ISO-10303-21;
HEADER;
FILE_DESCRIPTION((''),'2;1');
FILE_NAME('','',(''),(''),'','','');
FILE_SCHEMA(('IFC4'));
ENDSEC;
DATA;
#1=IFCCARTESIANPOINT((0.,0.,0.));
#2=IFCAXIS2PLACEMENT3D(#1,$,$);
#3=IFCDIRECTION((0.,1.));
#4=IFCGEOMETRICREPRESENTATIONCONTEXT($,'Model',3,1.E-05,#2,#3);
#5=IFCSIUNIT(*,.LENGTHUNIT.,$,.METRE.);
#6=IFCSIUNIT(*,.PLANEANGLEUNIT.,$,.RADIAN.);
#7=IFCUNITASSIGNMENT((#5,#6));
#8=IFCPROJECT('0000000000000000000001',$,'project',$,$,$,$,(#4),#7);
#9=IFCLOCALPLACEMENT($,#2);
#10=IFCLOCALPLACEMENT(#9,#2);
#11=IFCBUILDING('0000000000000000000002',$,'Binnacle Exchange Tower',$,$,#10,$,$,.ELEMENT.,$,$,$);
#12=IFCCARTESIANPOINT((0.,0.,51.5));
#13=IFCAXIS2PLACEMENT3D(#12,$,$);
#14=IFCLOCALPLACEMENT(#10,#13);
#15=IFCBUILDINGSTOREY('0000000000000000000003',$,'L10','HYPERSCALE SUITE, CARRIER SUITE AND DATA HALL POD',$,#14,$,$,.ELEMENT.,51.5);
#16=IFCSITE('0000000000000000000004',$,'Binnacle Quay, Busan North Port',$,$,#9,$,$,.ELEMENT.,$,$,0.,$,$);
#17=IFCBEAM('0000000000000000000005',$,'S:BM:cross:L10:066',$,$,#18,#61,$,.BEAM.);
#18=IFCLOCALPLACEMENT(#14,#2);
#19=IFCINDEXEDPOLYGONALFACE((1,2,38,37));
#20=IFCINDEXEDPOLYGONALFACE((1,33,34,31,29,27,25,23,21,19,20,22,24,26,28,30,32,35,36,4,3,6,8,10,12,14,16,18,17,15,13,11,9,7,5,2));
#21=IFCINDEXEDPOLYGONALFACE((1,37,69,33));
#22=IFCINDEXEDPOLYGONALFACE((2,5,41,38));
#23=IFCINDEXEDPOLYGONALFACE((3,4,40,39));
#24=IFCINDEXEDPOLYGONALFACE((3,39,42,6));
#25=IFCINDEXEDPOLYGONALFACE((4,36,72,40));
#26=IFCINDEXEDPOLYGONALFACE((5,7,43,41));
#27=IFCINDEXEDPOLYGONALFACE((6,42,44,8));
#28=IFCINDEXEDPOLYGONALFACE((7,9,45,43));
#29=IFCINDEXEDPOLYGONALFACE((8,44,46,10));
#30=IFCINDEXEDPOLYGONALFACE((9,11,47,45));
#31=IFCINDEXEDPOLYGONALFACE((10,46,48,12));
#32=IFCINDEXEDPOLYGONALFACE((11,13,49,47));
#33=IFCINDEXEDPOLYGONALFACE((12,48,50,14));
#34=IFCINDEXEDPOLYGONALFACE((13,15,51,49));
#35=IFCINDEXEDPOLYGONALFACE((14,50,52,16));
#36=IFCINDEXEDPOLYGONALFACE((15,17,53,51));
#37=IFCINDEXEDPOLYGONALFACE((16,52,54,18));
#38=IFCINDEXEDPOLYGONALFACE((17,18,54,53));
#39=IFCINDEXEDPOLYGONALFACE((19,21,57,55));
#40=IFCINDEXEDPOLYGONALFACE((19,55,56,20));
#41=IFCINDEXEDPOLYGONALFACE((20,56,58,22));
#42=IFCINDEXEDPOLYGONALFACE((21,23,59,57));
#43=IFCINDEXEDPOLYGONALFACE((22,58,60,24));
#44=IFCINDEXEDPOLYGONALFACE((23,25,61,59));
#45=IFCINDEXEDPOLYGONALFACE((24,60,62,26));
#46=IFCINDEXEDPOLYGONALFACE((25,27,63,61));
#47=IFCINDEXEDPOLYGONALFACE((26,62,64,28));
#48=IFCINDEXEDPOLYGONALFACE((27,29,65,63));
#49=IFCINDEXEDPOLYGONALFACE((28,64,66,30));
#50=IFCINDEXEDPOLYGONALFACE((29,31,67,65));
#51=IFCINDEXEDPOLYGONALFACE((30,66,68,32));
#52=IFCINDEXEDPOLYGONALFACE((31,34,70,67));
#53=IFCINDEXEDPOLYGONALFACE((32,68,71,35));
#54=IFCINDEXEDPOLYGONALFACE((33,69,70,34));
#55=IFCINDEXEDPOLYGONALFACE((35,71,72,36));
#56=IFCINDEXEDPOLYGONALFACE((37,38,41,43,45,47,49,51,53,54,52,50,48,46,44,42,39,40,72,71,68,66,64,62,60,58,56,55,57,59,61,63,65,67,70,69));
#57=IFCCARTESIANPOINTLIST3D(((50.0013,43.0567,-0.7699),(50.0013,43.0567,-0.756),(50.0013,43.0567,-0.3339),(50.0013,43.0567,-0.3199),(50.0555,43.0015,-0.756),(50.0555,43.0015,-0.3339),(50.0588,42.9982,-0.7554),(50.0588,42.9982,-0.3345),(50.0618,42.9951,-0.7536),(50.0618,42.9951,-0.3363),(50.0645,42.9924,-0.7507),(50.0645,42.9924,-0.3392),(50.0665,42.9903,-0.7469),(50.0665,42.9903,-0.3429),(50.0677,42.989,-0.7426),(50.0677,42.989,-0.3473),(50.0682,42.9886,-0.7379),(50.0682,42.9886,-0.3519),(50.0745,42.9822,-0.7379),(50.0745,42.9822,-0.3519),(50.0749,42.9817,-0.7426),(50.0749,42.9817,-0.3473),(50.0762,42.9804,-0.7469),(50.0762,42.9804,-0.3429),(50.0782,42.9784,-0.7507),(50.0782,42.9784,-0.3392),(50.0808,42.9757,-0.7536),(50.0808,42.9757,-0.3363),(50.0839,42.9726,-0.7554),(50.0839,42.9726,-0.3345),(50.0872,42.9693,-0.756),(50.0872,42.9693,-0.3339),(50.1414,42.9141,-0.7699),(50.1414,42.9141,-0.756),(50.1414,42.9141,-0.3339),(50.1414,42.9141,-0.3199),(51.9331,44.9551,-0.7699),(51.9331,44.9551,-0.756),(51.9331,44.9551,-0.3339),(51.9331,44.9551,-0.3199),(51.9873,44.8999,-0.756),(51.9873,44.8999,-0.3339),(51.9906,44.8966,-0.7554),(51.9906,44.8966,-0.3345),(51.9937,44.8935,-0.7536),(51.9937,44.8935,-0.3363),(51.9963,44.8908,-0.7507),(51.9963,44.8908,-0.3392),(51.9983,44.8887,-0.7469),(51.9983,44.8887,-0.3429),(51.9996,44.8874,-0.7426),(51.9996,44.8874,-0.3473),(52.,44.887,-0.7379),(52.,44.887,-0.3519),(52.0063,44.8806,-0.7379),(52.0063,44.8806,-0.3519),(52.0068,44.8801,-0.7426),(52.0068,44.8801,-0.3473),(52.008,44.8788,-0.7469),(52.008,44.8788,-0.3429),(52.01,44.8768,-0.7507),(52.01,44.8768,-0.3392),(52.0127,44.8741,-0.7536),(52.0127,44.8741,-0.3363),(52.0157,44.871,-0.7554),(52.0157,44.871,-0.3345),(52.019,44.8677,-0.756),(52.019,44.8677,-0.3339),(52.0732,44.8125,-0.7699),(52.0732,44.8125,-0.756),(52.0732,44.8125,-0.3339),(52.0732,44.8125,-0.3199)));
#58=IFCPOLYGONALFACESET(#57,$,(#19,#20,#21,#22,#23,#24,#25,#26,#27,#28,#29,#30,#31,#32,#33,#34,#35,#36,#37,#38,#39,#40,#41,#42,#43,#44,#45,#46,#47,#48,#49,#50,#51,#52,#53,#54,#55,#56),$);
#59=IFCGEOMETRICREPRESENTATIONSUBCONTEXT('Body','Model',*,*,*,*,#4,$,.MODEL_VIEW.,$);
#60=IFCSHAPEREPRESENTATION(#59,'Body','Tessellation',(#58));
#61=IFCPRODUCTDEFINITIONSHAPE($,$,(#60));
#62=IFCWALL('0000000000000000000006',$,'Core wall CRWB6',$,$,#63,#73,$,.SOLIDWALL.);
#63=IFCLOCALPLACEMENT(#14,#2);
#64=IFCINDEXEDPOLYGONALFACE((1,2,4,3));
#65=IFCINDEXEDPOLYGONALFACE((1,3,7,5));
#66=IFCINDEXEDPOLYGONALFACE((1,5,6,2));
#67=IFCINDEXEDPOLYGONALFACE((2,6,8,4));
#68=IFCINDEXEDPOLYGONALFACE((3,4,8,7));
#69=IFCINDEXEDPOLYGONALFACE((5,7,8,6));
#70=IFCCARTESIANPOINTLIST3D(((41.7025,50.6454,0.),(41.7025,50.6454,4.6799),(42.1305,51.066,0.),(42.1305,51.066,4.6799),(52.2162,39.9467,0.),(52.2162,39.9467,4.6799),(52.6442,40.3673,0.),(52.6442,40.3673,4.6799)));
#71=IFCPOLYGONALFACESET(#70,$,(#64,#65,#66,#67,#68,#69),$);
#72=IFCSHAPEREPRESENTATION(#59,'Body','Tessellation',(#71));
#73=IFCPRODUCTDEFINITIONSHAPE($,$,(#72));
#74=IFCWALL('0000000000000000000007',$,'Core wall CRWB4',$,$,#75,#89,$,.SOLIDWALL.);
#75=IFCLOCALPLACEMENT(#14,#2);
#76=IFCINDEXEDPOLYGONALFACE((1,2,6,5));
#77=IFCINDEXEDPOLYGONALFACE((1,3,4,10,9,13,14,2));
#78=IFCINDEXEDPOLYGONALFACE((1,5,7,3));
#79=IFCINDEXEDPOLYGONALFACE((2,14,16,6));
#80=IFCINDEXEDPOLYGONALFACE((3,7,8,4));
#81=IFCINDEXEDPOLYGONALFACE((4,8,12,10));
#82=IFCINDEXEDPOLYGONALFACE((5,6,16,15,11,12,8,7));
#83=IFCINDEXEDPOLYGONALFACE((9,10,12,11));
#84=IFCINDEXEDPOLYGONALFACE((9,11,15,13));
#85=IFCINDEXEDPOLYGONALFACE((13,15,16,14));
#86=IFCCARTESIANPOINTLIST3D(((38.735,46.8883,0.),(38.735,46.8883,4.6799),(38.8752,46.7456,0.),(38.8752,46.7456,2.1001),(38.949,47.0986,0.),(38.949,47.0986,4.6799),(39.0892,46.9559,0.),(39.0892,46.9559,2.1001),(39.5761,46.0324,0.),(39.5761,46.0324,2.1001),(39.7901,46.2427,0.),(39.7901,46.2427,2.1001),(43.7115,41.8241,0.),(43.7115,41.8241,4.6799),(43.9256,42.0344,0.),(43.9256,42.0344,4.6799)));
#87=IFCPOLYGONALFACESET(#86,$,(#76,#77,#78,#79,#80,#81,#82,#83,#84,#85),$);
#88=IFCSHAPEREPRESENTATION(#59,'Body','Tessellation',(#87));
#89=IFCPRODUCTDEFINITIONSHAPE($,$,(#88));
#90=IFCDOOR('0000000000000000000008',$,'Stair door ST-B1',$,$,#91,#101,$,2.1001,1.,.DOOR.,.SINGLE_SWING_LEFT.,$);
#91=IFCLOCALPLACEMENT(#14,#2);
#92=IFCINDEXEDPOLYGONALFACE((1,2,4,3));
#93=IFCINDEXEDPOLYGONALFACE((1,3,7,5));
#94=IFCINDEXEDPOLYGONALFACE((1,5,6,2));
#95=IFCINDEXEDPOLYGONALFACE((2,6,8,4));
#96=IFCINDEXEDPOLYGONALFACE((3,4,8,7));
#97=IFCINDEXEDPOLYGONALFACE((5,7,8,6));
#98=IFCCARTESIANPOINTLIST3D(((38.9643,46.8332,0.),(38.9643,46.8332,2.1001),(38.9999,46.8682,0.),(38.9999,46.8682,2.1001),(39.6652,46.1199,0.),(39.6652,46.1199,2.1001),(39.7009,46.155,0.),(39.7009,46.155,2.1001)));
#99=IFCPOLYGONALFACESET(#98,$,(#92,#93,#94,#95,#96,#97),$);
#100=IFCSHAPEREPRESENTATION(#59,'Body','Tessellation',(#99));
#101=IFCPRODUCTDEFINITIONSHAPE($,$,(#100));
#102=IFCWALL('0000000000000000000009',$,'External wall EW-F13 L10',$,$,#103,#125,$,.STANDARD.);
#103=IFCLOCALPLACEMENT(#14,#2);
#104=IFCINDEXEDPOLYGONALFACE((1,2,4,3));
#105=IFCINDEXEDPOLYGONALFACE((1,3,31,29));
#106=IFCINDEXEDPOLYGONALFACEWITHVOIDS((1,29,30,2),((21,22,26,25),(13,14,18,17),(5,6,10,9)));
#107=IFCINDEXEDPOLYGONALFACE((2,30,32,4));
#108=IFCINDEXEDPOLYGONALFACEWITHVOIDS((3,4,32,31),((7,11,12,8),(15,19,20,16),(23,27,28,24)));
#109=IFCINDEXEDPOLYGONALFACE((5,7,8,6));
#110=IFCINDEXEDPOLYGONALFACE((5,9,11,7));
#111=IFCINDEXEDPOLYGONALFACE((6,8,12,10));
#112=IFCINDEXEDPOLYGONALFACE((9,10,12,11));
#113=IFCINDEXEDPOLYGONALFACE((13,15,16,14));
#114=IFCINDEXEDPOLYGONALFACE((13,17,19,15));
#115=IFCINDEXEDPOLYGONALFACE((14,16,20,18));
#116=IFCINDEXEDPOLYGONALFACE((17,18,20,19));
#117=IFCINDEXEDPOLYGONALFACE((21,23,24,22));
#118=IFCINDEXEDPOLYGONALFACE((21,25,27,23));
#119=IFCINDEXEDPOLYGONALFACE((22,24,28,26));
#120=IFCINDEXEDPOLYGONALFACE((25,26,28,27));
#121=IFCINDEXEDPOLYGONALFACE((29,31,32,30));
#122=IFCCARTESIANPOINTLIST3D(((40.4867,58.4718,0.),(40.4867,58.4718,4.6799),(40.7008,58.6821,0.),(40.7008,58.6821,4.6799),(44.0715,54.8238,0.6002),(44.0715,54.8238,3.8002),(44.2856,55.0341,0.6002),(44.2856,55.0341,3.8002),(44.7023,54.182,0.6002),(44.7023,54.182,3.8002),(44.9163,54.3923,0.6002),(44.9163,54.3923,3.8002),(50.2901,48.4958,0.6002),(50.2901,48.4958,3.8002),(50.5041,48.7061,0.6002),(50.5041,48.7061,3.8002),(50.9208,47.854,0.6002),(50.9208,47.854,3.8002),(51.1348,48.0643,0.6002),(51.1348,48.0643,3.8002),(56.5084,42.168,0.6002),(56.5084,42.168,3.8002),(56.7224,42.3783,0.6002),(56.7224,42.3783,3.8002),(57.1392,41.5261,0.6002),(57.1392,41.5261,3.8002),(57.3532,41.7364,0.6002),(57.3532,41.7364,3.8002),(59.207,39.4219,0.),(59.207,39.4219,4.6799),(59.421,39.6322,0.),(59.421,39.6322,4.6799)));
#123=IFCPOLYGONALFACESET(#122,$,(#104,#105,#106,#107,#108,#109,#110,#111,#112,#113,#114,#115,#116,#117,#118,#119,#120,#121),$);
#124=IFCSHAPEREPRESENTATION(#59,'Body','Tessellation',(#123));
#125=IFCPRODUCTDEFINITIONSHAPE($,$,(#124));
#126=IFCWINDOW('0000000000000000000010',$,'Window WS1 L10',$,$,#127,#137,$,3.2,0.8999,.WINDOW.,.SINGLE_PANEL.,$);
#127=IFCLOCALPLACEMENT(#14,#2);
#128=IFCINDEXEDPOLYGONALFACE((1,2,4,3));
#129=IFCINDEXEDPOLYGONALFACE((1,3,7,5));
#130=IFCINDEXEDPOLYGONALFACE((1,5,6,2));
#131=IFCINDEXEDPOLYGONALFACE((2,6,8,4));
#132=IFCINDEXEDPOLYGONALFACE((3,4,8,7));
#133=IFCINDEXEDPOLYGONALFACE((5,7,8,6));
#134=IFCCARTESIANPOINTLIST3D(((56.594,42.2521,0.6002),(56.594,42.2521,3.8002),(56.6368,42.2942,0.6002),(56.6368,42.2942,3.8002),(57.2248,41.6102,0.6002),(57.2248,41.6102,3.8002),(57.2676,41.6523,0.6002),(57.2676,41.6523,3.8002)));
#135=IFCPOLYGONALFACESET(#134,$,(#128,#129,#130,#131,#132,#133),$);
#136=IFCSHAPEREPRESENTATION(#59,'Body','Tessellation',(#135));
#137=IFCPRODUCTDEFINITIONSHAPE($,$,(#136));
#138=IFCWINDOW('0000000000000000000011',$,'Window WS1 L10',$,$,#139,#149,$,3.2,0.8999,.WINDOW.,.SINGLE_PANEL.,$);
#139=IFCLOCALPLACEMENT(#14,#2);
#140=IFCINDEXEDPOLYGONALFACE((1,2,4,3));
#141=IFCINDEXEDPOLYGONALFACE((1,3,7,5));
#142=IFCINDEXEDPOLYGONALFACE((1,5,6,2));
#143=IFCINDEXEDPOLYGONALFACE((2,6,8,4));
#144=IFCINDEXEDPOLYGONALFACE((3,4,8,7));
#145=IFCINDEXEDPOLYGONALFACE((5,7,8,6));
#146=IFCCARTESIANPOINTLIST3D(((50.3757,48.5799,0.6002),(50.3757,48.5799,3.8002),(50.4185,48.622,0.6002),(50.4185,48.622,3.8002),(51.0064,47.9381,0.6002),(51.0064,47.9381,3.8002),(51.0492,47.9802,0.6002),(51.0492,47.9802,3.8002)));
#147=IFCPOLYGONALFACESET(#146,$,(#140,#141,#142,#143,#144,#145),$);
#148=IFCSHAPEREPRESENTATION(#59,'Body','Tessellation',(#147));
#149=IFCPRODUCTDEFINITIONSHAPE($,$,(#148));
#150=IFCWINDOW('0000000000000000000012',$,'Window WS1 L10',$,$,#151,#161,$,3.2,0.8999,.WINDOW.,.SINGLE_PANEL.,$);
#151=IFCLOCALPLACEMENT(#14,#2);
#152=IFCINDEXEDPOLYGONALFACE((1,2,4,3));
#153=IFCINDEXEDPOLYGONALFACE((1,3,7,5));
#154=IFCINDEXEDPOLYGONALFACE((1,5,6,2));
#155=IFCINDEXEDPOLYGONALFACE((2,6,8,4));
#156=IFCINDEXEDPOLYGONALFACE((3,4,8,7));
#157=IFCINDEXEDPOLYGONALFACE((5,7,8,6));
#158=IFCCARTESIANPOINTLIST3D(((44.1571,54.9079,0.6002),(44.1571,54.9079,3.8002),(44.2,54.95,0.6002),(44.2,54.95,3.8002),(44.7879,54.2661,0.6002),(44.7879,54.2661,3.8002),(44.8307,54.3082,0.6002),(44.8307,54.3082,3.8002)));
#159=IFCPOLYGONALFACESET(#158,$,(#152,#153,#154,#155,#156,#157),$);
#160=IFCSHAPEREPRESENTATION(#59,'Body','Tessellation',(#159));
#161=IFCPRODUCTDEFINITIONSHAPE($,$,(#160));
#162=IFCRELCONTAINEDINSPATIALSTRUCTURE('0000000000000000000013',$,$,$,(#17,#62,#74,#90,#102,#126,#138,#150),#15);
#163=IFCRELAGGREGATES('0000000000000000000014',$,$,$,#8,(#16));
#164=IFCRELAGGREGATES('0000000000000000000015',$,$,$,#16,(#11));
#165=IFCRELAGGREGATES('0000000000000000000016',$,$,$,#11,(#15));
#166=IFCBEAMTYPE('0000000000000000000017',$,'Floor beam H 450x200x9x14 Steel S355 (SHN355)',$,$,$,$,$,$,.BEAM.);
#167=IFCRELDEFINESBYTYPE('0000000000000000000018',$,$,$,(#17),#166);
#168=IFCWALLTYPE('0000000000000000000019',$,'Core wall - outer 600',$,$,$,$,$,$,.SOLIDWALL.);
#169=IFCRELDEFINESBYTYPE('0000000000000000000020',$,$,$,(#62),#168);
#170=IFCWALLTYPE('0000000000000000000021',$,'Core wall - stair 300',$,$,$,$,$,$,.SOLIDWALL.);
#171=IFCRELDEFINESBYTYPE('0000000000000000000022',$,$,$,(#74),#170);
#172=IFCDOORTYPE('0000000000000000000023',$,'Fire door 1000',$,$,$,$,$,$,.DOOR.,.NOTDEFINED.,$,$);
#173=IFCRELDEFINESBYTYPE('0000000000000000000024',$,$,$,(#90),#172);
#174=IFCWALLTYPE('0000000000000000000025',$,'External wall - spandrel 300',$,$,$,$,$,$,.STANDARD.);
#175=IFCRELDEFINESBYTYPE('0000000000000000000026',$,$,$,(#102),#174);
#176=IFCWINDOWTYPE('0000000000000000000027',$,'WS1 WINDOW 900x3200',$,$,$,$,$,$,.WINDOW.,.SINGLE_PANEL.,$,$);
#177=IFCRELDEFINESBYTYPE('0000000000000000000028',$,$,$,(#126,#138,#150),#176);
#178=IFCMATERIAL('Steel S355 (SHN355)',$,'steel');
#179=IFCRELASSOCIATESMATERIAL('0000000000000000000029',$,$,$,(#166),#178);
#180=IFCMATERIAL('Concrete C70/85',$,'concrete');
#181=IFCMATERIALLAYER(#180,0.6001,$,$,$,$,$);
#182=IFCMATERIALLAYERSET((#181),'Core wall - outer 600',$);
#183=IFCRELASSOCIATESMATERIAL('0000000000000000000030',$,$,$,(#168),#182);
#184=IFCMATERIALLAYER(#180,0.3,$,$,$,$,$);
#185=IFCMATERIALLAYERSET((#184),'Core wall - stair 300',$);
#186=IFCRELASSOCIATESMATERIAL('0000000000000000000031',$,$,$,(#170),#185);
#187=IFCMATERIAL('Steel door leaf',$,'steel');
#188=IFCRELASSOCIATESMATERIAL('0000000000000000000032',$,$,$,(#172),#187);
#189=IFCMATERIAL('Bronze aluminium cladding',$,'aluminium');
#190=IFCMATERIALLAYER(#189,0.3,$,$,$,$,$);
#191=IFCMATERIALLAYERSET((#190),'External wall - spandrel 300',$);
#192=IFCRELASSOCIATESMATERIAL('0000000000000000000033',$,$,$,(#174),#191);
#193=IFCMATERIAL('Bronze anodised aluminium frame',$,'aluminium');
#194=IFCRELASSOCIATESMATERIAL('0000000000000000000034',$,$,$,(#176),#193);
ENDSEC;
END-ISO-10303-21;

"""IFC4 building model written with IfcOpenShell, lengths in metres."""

from ifc_helpers import new_model, si_unit, direction, frame, frame_2d, origin, origin_2d, place, context, subcontext, project, spatial, rectangle, i_section, extrude, material, layer, layer_set, material_profile, profile_set, type_object, element, fill, save


model = new_model("IFC4")

# Units and contexts
model_context = context("Model", 3, precision=1e-05, world=origin(), true_north=direction((0.0, 1.0)))
body_context = subcontext(model_context, "Body", "Model", "MODEL_VIEW")
ifc_project = project(units=[si_unit("LENGTHUNIT", "METRE"), si_unit("PLANEANGLEUNIT", "RADIAN")], contexts=[model_context])

# Site, building, storey
site_placement = place(None, origin())
site = spatial("IfcSite", under=ifc_project, at=site_placement, Name="Binnacle Quay, Busan North Port", CompositionType="ELEMENT", RefElevation=0.0)
building_placement = place(site_placement, origin())
building = spatial("IfcBuilding", under=site, at=building_placement, Name="Binnacle Exchange Tower", CompositionType="ELEMENT")
storey_placement = place(building_placement, frame((0.0, 0.0, 51.5)))
storey = spatial("IfcBuildingStorey", under=building, at=storey_placement, Name="L10", Description="HYPERSCALE SUITE, CARRIER SUITE AND DATA HALL POD", CompositionType="ELEMENT", Elevation=51.5)

# Shared definitions
ifc_material_1 = material(Name="Concrete C70/85", Category="concrete")

# Beam
ifc_material_2 = material(Name="Steel S355 (SHN355)", Category="steel")
ifc_material_profile_1 = material_profile(ifc_material_2, i_section(OverallWidth=0.2, OverallDepth=0.45, WebThickness=0.009, FlangeThickness=0.0139, FilletRadius=0.0181, at=origin_2d()), Name="H 450x200x9x14")
ifc_profile_set_1 = profile_set([ifc_material_profile_1], Name="Steel S355 (SHN355)")
beam_type_1 = type_object("IfcBeamType", Name="Floor beam H 450x200x9x14 Steel S355 (SHN355)", PredefinedType="BEAM", material=ifc_profile_set_1)
for number, where, z_axis, x_axis, name in (
    (1, (52.0032, 44.8838, -0.5449), (-0.713254, -0.700905, 0.0), (0.700905, -0.713254, 0.0), "S:BM:cross:L10:066"),
):
    element("IfcBeam", number, at=place(storey_placement, frame(where, z_axis=z_axis, x_axis=x_axis)), inside=storey, type_object=beam_type_1, Name=name, PredefinedType="BEAM", context=body_context, shape_type="SweptSolid", body=[
        extrude(i_section(OverallWidth=0.2, OverallDepth=0.45, WebThickness=0.009, FlangeThickness=0.0139, FilletRadius=0.0181, at=origin_2d()), origin(), (0.0, 0.0, 1.0), 2.7085),
    ])

# Wall
ifc_layer_1 = layer(ifc_material_1, 0.6001)
ifc_layer_set_1 = layer_set([ifc_layer_1], Name="Core wall - outer 600")
wall_type_1 = type_object("IfcWallType", Name="Core wall - outer 600", PredefinedType="SOLIDWALL", material=ifc_layer_set_1)
wall_1_placement = place(storey_placement, frame((41.9165, 50.8557, 0.0), z_axis=(0.0, 0.0, 1.0), x_axis=(0.700911, -0.713248, 0.0)))
element("IfcWall", 2, at=wall_1_placement, inside=storey, type_object=wall_type_1, Name="Core wall CRWB6", PredefinedType="SOLIDWALL", context=body_context, shape_type="SweptSolid", body=[
    extrude(rectangle(XDim=15.0, YDim=0.6001, at=frame_2d((7.5, 0.0))), origin(), (0.0, 0.0, 1.0), 4.6799),
])

# Wall, opening, door
ifc_layer_2 = layer(ifc_material_1, 0.3)
ifc_layer_set_2 = layer_set([ifc_layer_2], Name="Core wall - stair 300")
wall_type_2 = type_object("IfcWallType", Name="Core wall - stair 300", PredefinedType="SOLIDWALL", material=ifc_layer_set_2)
wall_2_placement = place(storey_placement, frame((38.842, 46.9934, 0.0), z_axis=(0.0, 0.0, 1.0), x_axis=(0.700908, -0.713252, 0.0)))
wall_2 = element("IfcWall", 3, at=wall_2_placement, inside=storey, type_object=wall_type_2, Name="Core wall CRWB4", PredefinedType="SOLIDWALL", context=body_context, shape_type="SweptSolid", body=[
    extrude(rectangle(XDim=7.1001, YDim=0.3, at=frame_2d((3.55, 0.0))), origin(), (0.0, 0.0, 1.0), 4.6799),
])
opening_1_placement = place(wall_2_placement, frame((0.2, 0.0, 0.0)))
opening_1 = element("IfcOpeningElement", 4, at=opening_1_placement, cuts=wall_2, PredefinedType="OPENING", context=body_context, shape_type="SweptSolid", body=[
    extrude(rectangle(XDim=1.0, YDim=2.1001, at=frame_2d((0.5, 1.05))), frame((0.0, 0.1599, 0.0), z_axis=(0.0, -1.0, 0.0), x_axis=(1.0, 0.0, 0.0)), (0.0, 0.0, 1.0), 0.3201),
])
ifc_material_3 = material(Name="Steel door leaf", Category="steel")
door_type = type_object("IfcDoorType", Name="Fire door 1000", OperationType="NOTDEFINED", PredefinedType="DOOR", material=ifc_material_3)
door_placement = place(opening_1_placement, origin())
door = element("IfcDoor", 5, at=door_placement, inside=storey, type_object=door_type, Name="Stair door ST-B1", OperationType="SINGLE_SWING_LEFT", OverallHeight=2.1001, OverallWidth=1.0, PredefinedType="DOOR", context=body_context, shape_type="SweptSolid", body=[
    extrude(rectangle(XDim=1.0, YDim=2.1001, at=frame_2d((0.5, 1.05))), frame((0.0, 0.0249, 0.0), z_axis=(0.0, -1.0, 0.0), x_axis=(1.0, 0.0, 0.0)), (0.0, 0.0, 1.0), 0.05),
])
fill(opening_1, door)

# Wall, openings, windows
ifc_material_4 = material(Name="Bronze aluminium cladding", Category="aluminium")
ifc_layer_3 = layer(ifc_material_4, 0.3)
ifc_layer_set_3 = layer_set([ifc_layer_3], Name="External wall - spandrel 300")
wall_type_3 = type_object("IfcWallType", Name="External wall - spandrel 300", PredefinedType="STANDARD", material=ifc_layer_set_3)
wall_3_placement = place(storey_placement, frame((40.5938, 58.5769, 0.0), z_axis=(0.0, 0.0, 1.0), x_axis=(0.70091, -0.71325, 0.0)))
wall_3 = element("IfcWall", 6, at=wall_3_placement, inside=storey, type_object=wall_type_3, Name="External wall EW-F13 L10", PredefinedType="STANDARD", context=body_context, shape_type="SweptSolid", body=[
    extrude(rectangle(XDim=26.7085, YDim=0.3, at=frame_2d((13.3542, 0.0))), origin(), (0.0, 0.0, 1.0), 4.6799),
])
opening_2_placement = place(wall_3_placement, frame((22.8584, 0.0, 0.6001)))
opening_2 = element("IfcOpeningElement", 7, at=opening_2_placement, cuts=wall_3, PredefinedType="OPENING", context=body_context, shape_type="SweptSolid", body=[
    extrude(rectangle(XDim=0.8999, YDim=3.2, at=frame_2d((0.45, 1.6001))), frame((0.0, 0.1599, 0.0), z_axis=(0.0, -1.0, 0.0), x_axis=(1.0, 0.0, 0.0)), (0.0, 0.0, 1.0), 0.3201),
])
opening_3_placement = place(wall_3_placement, frame((13.9866, 0.0, 0.6001)))
opening_3 = element("IfcOpeningElement", 8, at=opening_3_placement, cuts=wall_3, PredefinedType="OPENING", context=body_context, shape_type="SweptSolid", body=[
    extrude(rectangle(XDim=0.8999, YDim=3.2, at=frame_2d((0.45, 1.6001))), frame((0.0, 0.1599, 0.0), z_axis=(0.0, -1.0, 0.0), x_axis=(1.0, 0.0, 0.0)), (0.0, 0.0, 1.0), 0.3201),
])
opening_4_placement = place(wall_3_placement, frame((5.1145, 0.0, 0.6001)))
opening_4 = element("IfcOpeningElement", 9, at=opening_4_placement, cuts=wall_3, PredefinedType="OPENING", context=body_context, shape_type="SweptSolid", body=[
    extrude(rectangle(XDim=0.8999, YDim=3.2, at=frame_2d((0.45, 1.6001))), frame((0.0, 0.1599, 0.0), z_axis=(0.0, -1.0, 0.0), x_axis=(1.0, 0.0, 0.0)), (0.0, 0.0, 1.0), 0.3201),
])
ifc_material_5 = material(Name="Bronze anodised aluminium frame", Category="aluminium")
window_type = type_object("IfcWindowType", Name="WS1 WINDOW 900x3200", PartitioningType="SINGLE_PANEL", PredefinedType="WINDOW", material=ifc_material_5)
window_1_placement = place(opening_2_placement, origin())
window_1 = element("IfcWindow", 10, at=window_1_placement, inside=storey, type_object=window_type, Name="Window WS1 L10", OverallHeight=3.2, OverallWidth=0.8999, PartitioningType="SINGLE_PANEL", PredefinedType="WINDOW", context=body_context, shape_type="SweptSolid", body=[
    extrude(rectangle(XDim=0.8999, YDim=3.2, at=frame_2d((0.45, 1.6001))), frame((0.0, 0.03, 0.0), z_axis=(0.0, -1.0, 0.0), x_axis=(1.0, 0.0, 0.0)), (0.0, 0.0, 1.0), 0.0601),
])
fill(opening_2, window_1)
window_2_placement = place(opening_3_placement, origin())
window_2 = element("IfcWindow", 11, at=window_2_placement, inside=storey, type_object=window_type, Name="Window WS1 L10", OverallHeight=3.2, OverallWidth=0.8999, PartitioningType="SINGLE_PANEL", PredefinedType="WINDOW", context=body_context, shape_type="SweptSolid", body=[
    extrude(rectangle(XDim=0.8999, YDim=3.2, at=frame_2d((0.45, 1.6001))), frame((0.0, 0.03, 0.0), z_axis=(0.0, -1.0, 0.0), x_axis=(1.0, 0.0, 0.0)), (0.0, 0.0, 1.0), 0.0601),
])
fill(opening_3, window_2)
window_3_placement = place(opening_4_placement, origin())
window_3 = element("IfcWindow", 12, at=window_3_placement, inside=storey, type_object=window_type, Name="Window WS1 L10", OverallHeight=3.2, OverallWidth=0.8999, PartitioningType="SINGLE_PANEL", PredefinedType="WINDOW", context=body_context, shape_type="SweptSolid", body=[
    extrude(rectangle(XDim=0.8999, YDim=3.2, at=frame_2d((0.45, 1.6001))), frame((0.0, 0.03, 0.0), z_axis=(0.0, -1.0, 0.0), x_axis=(1.0, 0.0, 0.0)), (0.0, 0.0, 1.0), 0.0601),
])
fill(opening_4, window_3)

save(model, "model.ifc")
